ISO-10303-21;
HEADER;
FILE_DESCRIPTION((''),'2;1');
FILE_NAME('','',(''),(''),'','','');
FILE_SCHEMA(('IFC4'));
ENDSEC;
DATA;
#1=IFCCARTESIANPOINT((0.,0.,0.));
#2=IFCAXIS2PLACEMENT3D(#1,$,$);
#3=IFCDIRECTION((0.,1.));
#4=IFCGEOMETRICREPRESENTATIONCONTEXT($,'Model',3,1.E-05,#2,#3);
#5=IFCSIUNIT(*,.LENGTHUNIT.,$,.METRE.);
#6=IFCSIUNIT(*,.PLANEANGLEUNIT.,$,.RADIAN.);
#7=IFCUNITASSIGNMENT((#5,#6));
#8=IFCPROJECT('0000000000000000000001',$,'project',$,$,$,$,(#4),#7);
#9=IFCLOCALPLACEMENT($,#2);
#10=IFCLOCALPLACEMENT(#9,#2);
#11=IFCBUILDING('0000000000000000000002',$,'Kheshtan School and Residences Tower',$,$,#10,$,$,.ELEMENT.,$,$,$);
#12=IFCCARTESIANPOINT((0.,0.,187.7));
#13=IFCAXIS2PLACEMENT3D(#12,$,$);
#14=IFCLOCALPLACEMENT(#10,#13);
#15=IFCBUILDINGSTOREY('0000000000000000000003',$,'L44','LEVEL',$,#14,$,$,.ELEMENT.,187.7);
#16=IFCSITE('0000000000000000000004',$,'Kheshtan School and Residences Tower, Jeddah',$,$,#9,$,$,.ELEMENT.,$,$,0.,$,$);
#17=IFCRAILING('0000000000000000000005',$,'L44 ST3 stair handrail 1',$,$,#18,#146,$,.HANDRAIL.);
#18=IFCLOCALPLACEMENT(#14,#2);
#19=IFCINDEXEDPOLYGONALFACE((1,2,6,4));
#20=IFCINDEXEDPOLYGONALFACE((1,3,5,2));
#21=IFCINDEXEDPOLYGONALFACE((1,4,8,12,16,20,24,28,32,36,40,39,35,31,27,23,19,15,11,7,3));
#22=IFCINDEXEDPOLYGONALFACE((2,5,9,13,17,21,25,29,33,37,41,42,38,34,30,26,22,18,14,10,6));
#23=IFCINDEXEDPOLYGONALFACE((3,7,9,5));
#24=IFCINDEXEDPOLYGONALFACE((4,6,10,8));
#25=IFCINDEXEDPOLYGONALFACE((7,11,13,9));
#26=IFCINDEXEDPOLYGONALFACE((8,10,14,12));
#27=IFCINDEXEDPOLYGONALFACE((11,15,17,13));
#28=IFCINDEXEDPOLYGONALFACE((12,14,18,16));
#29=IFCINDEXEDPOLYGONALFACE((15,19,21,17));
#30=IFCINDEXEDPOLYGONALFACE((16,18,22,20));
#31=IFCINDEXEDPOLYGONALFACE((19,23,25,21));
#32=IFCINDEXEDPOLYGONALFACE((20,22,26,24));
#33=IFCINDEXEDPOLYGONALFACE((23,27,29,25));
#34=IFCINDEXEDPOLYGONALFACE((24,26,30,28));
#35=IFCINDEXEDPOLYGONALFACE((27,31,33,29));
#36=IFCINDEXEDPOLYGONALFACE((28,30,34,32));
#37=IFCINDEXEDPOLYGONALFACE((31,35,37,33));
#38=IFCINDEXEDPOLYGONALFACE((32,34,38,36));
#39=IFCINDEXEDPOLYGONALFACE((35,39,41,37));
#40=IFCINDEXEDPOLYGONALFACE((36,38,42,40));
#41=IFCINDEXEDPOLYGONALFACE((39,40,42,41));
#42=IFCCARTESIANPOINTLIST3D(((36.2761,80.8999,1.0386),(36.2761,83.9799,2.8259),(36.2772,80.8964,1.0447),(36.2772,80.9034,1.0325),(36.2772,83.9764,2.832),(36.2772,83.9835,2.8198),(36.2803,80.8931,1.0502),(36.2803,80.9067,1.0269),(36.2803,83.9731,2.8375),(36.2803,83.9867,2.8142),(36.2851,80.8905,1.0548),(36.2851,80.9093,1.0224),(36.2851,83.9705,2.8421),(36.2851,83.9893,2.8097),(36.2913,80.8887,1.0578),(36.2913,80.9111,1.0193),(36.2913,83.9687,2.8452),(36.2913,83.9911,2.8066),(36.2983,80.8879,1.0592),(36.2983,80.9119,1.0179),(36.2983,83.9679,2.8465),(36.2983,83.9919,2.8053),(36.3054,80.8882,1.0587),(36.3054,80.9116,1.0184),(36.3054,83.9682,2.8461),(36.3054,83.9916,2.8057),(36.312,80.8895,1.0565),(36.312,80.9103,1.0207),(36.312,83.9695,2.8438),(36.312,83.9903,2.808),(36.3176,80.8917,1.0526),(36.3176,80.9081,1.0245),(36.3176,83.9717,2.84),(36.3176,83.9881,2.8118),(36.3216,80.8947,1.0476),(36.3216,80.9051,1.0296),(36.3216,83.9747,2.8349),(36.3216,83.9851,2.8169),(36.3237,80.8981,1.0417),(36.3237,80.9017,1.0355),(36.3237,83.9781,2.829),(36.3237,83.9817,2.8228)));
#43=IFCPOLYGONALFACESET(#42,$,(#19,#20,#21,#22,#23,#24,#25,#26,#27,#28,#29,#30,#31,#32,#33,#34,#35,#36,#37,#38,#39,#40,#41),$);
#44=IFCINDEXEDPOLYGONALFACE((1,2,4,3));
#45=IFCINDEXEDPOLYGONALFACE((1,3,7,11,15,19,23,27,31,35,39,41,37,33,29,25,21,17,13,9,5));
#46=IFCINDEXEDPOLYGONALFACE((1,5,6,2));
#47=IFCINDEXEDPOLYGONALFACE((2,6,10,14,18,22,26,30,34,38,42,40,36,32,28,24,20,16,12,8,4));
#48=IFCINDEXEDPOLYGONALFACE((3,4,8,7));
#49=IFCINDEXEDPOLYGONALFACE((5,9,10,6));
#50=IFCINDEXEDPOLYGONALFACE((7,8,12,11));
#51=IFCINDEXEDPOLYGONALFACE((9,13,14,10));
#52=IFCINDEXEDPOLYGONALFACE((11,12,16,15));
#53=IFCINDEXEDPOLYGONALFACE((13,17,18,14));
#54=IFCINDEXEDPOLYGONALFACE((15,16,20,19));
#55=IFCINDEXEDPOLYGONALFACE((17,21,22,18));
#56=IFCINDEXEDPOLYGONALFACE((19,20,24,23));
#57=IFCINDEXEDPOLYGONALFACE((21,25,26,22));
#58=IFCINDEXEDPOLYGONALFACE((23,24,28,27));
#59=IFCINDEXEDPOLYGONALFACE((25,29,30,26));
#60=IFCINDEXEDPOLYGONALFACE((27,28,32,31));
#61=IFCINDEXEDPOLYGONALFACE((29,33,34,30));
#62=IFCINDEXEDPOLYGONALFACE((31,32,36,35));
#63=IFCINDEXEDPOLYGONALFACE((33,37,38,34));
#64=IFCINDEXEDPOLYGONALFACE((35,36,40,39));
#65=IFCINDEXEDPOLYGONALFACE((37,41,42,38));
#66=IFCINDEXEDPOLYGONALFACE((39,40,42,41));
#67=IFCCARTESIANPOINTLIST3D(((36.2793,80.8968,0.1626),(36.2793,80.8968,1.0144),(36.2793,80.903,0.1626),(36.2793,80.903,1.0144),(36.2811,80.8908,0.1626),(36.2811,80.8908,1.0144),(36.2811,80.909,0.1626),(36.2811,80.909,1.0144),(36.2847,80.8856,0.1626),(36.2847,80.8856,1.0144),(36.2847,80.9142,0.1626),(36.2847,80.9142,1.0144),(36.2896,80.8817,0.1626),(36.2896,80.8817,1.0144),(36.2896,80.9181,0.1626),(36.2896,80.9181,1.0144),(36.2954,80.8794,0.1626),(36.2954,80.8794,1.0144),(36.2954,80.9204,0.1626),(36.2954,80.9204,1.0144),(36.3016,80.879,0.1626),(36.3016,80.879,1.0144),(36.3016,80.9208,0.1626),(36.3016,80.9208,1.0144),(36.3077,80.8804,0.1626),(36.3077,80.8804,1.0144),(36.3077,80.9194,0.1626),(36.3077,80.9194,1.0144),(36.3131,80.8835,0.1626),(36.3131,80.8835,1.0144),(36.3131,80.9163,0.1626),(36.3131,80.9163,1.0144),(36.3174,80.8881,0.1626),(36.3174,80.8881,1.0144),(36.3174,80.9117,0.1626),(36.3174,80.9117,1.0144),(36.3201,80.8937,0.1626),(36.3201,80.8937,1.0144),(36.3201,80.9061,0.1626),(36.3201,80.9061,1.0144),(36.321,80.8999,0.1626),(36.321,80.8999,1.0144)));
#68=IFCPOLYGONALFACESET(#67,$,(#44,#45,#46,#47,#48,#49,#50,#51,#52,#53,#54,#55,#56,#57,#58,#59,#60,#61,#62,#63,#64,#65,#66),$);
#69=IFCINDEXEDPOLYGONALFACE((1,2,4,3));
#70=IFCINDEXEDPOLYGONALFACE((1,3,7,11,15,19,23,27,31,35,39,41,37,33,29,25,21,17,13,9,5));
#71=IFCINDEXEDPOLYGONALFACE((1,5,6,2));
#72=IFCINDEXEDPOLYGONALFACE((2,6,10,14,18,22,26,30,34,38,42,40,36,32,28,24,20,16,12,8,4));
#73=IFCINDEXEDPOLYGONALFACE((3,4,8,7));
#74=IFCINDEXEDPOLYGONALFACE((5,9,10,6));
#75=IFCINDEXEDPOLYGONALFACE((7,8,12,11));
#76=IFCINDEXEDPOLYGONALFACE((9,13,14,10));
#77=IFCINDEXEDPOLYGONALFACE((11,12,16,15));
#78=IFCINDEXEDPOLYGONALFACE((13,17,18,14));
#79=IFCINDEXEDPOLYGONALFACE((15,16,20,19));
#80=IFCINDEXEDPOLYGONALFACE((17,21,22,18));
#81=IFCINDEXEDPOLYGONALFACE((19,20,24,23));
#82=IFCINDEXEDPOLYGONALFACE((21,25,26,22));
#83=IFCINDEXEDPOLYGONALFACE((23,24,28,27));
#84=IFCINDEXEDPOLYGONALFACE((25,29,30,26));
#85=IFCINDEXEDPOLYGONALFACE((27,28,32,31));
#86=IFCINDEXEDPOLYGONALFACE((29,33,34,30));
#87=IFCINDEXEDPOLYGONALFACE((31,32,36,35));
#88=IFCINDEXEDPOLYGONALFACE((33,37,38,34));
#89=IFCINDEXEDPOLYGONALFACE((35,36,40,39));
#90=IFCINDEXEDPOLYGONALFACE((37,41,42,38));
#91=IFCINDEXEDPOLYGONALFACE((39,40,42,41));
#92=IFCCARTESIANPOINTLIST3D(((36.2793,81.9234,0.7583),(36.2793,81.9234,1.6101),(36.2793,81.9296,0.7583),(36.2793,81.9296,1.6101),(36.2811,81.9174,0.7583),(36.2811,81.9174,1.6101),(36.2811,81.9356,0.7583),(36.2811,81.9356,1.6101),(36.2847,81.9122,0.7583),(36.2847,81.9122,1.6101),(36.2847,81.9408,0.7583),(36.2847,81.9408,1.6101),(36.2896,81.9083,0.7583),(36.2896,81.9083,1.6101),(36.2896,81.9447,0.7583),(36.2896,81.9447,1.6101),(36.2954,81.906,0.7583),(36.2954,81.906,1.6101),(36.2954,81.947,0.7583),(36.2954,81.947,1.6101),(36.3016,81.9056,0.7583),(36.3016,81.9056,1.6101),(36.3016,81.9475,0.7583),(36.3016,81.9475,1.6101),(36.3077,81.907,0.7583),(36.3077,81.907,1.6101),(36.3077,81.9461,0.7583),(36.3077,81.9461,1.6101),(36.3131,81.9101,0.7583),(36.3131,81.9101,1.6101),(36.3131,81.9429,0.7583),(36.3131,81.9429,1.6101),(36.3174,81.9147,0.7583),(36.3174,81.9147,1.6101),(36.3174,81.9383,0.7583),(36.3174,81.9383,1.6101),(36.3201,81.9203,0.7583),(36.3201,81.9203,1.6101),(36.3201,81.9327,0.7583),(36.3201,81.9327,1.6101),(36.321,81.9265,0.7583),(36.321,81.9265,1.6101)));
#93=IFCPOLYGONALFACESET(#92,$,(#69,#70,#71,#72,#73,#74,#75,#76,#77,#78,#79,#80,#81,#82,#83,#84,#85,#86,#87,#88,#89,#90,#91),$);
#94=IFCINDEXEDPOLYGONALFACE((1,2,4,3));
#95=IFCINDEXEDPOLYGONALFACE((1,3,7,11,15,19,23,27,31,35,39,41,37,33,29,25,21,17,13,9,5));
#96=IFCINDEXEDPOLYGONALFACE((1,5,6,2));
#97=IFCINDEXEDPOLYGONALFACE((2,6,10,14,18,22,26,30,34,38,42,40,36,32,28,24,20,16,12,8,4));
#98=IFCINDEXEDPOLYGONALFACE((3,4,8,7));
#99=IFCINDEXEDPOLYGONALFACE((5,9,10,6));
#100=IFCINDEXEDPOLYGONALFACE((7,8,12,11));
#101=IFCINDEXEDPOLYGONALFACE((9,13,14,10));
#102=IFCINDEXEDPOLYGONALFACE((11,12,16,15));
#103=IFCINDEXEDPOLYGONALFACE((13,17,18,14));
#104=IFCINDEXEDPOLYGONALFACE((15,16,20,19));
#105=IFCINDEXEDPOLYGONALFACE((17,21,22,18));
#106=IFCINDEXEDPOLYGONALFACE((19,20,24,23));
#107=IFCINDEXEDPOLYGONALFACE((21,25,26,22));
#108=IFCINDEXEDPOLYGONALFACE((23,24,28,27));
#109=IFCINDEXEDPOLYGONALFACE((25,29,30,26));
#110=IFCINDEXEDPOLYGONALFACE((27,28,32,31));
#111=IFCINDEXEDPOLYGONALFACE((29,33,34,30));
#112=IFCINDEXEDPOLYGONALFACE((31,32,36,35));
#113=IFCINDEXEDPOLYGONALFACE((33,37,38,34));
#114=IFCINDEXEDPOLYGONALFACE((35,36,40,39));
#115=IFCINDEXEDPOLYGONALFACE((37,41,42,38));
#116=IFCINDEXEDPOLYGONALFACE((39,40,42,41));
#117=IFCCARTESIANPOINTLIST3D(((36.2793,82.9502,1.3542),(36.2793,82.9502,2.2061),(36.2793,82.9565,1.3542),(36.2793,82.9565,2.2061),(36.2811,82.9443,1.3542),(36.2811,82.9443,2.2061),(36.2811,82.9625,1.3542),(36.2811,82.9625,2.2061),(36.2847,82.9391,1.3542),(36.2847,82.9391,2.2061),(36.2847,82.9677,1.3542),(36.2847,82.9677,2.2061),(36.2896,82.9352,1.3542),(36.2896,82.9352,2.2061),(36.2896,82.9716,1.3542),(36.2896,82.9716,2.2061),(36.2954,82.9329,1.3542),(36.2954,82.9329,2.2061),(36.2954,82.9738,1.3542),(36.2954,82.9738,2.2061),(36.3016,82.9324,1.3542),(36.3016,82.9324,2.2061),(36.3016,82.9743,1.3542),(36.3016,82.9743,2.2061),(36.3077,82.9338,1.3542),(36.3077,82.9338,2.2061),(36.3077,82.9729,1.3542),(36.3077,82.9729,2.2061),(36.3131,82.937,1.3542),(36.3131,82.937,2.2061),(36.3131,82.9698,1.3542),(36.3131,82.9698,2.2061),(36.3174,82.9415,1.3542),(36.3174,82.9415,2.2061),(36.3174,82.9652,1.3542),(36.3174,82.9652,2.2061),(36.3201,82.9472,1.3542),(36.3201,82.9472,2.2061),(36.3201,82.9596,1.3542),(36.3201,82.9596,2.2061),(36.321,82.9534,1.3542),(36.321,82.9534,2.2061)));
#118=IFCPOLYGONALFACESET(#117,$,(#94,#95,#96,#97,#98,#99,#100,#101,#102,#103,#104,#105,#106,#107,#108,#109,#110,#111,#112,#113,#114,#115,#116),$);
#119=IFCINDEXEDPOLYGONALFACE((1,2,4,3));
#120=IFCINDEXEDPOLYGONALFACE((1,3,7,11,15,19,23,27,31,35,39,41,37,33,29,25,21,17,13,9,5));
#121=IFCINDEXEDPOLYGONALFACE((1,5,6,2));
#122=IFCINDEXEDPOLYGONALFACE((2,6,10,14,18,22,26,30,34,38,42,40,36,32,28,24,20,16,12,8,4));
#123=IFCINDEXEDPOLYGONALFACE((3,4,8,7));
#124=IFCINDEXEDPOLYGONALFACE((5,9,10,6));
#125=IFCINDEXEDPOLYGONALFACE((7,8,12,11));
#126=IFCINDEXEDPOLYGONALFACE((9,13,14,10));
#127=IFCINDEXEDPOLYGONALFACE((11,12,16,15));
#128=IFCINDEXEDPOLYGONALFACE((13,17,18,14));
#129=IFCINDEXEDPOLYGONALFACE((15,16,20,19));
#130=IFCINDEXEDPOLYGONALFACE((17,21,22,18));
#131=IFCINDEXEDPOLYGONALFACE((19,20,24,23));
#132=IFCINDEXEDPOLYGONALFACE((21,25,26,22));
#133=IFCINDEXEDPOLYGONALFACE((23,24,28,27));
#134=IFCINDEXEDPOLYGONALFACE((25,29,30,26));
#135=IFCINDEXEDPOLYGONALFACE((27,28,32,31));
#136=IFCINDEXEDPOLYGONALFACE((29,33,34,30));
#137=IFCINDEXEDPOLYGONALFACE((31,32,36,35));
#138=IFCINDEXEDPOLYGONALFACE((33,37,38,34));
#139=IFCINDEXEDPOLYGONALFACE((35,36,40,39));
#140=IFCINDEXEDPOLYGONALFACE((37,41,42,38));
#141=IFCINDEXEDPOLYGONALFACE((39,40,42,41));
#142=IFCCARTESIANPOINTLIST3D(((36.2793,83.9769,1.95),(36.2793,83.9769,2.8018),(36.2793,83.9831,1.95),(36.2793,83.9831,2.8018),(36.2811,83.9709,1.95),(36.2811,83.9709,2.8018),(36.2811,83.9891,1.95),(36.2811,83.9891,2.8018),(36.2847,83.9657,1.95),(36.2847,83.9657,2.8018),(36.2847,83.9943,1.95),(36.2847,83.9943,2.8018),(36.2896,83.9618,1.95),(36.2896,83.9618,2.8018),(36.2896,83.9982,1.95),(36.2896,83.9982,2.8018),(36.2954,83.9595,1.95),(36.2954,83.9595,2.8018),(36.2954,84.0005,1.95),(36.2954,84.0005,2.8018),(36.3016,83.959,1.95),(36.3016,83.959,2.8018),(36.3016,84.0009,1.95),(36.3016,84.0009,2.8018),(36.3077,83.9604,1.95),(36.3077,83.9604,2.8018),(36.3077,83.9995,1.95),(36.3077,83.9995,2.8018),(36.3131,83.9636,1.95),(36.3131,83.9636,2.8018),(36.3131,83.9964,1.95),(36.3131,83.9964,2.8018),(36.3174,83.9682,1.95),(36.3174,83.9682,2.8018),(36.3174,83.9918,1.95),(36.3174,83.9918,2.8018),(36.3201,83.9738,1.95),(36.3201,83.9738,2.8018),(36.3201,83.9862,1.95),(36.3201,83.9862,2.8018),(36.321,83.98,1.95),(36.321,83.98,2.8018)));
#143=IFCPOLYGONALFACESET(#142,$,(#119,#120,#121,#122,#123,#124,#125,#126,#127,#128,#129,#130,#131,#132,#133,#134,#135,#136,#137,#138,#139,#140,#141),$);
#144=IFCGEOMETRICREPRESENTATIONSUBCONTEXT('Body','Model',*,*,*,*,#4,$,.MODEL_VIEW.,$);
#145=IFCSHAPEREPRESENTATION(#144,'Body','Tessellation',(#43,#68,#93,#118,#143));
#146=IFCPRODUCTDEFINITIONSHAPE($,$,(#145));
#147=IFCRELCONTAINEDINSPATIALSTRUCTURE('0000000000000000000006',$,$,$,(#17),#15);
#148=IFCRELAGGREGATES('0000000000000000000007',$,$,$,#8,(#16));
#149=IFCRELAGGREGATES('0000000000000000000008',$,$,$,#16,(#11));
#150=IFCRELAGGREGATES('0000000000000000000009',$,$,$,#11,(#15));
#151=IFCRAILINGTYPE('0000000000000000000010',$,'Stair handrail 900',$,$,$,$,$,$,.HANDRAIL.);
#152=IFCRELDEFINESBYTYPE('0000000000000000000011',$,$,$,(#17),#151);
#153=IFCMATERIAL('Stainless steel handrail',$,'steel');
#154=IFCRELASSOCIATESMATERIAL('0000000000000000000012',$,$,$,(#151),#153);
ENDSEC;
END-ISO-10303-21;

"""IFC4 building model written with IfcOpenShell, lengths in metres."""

from ifc_helpers import new_model, si_unit, direction, frame, origin, origin_2d, place, context, subcontext, project, spatial, circle, extrude, material, type_object, element, save


model = new_model("IFC4")

# Units and contexts
model_context = context("Model", 3, precision=1e-05, world=origin(), true_north=direction((0.0, 1.0)))
body_context = subcontext(model_context, "Body", "Model", "MODEL_VIEW")
ifc_project = project(units=[si_unit("LENGTHUNIT", "METRE"), si_unit("PLANEANGLEUNIT", "RADIAN")], contexts=[model_context])

# Site, building, storey
site_placement = place(None, origin())
site = spatial("IfcSite", under=ifc_project, at=site_placement, Name="Kheshtan School and Residences Tower, Jeddah", CompositionType="ELEMENT", RefElevation=0.0)
building_placement = place(site_placement, origin())
building = spatial("IfcBuilding", under=site, at=building_placement, Name="Kheshtan School and Residences Tower", CompositionType="ELEMENT")
storey_placement = place(building_placement, frame((0.0, 0.0, 187.7)))
storey = spatial("IfcBuildingStorey", under=building, at=storey_placement, Name="L44", Description="LEVEL", CompositionType="ELEMENT", Elevation=187.7)

# Railing
ifc_material_1 = material(Name="Stainless steel handrail", Category="steel")
railing_type_1 = type_object("IfcRailingType", Name="Stair handrail 900", PredefinedType="HANDRAIL", material=ifc_material_1)
railing_1_placement = place(storey_placement, frame((36.3, 80.8999, 0.1626)))
element("IfcRailing", 1, at=railing_1_placement, inside=storey, type_object=railing_type_1, Name="L44 ST3 stair handrail 1", PredefinedType="HANDRAIL", context=body_context, shape_type="SweptSolid", body=[
    extrude(circle(Radius=0.0239, at=origin_2d()), frame((0.0, 0.0, 0.876), z_axis=(0.0, 0.86492, 0.501909), x_axis=(-1.0, 0.0, 0.0)), (0.0, 0.0, 1.0), 3.561),
    extrude(circle(Radius=0.021, at=origin_2d()), origin(), (0.0, 0.0, 1.0), 0.8518),
    extrude(circle(Radius=0.021, at=origin_2d()), frame((0.0, 1.0266, 0.5957)), (0.0, 0.0, 1.0), 0.8518),
    extrude(circle(Radius=0.021, at=origin_2d()), frame((0.0, 2.0535, 1.1917)), (0.0, 0.0, 1.0), 0.8518),
    extrude(circle(Radius=0.021, at=origin_2d()), frame((0.0, 3.0801, 1.7874)), (0.0, 0.0, 1.0), 0.8518),
])

save(model, "model.ifc")
